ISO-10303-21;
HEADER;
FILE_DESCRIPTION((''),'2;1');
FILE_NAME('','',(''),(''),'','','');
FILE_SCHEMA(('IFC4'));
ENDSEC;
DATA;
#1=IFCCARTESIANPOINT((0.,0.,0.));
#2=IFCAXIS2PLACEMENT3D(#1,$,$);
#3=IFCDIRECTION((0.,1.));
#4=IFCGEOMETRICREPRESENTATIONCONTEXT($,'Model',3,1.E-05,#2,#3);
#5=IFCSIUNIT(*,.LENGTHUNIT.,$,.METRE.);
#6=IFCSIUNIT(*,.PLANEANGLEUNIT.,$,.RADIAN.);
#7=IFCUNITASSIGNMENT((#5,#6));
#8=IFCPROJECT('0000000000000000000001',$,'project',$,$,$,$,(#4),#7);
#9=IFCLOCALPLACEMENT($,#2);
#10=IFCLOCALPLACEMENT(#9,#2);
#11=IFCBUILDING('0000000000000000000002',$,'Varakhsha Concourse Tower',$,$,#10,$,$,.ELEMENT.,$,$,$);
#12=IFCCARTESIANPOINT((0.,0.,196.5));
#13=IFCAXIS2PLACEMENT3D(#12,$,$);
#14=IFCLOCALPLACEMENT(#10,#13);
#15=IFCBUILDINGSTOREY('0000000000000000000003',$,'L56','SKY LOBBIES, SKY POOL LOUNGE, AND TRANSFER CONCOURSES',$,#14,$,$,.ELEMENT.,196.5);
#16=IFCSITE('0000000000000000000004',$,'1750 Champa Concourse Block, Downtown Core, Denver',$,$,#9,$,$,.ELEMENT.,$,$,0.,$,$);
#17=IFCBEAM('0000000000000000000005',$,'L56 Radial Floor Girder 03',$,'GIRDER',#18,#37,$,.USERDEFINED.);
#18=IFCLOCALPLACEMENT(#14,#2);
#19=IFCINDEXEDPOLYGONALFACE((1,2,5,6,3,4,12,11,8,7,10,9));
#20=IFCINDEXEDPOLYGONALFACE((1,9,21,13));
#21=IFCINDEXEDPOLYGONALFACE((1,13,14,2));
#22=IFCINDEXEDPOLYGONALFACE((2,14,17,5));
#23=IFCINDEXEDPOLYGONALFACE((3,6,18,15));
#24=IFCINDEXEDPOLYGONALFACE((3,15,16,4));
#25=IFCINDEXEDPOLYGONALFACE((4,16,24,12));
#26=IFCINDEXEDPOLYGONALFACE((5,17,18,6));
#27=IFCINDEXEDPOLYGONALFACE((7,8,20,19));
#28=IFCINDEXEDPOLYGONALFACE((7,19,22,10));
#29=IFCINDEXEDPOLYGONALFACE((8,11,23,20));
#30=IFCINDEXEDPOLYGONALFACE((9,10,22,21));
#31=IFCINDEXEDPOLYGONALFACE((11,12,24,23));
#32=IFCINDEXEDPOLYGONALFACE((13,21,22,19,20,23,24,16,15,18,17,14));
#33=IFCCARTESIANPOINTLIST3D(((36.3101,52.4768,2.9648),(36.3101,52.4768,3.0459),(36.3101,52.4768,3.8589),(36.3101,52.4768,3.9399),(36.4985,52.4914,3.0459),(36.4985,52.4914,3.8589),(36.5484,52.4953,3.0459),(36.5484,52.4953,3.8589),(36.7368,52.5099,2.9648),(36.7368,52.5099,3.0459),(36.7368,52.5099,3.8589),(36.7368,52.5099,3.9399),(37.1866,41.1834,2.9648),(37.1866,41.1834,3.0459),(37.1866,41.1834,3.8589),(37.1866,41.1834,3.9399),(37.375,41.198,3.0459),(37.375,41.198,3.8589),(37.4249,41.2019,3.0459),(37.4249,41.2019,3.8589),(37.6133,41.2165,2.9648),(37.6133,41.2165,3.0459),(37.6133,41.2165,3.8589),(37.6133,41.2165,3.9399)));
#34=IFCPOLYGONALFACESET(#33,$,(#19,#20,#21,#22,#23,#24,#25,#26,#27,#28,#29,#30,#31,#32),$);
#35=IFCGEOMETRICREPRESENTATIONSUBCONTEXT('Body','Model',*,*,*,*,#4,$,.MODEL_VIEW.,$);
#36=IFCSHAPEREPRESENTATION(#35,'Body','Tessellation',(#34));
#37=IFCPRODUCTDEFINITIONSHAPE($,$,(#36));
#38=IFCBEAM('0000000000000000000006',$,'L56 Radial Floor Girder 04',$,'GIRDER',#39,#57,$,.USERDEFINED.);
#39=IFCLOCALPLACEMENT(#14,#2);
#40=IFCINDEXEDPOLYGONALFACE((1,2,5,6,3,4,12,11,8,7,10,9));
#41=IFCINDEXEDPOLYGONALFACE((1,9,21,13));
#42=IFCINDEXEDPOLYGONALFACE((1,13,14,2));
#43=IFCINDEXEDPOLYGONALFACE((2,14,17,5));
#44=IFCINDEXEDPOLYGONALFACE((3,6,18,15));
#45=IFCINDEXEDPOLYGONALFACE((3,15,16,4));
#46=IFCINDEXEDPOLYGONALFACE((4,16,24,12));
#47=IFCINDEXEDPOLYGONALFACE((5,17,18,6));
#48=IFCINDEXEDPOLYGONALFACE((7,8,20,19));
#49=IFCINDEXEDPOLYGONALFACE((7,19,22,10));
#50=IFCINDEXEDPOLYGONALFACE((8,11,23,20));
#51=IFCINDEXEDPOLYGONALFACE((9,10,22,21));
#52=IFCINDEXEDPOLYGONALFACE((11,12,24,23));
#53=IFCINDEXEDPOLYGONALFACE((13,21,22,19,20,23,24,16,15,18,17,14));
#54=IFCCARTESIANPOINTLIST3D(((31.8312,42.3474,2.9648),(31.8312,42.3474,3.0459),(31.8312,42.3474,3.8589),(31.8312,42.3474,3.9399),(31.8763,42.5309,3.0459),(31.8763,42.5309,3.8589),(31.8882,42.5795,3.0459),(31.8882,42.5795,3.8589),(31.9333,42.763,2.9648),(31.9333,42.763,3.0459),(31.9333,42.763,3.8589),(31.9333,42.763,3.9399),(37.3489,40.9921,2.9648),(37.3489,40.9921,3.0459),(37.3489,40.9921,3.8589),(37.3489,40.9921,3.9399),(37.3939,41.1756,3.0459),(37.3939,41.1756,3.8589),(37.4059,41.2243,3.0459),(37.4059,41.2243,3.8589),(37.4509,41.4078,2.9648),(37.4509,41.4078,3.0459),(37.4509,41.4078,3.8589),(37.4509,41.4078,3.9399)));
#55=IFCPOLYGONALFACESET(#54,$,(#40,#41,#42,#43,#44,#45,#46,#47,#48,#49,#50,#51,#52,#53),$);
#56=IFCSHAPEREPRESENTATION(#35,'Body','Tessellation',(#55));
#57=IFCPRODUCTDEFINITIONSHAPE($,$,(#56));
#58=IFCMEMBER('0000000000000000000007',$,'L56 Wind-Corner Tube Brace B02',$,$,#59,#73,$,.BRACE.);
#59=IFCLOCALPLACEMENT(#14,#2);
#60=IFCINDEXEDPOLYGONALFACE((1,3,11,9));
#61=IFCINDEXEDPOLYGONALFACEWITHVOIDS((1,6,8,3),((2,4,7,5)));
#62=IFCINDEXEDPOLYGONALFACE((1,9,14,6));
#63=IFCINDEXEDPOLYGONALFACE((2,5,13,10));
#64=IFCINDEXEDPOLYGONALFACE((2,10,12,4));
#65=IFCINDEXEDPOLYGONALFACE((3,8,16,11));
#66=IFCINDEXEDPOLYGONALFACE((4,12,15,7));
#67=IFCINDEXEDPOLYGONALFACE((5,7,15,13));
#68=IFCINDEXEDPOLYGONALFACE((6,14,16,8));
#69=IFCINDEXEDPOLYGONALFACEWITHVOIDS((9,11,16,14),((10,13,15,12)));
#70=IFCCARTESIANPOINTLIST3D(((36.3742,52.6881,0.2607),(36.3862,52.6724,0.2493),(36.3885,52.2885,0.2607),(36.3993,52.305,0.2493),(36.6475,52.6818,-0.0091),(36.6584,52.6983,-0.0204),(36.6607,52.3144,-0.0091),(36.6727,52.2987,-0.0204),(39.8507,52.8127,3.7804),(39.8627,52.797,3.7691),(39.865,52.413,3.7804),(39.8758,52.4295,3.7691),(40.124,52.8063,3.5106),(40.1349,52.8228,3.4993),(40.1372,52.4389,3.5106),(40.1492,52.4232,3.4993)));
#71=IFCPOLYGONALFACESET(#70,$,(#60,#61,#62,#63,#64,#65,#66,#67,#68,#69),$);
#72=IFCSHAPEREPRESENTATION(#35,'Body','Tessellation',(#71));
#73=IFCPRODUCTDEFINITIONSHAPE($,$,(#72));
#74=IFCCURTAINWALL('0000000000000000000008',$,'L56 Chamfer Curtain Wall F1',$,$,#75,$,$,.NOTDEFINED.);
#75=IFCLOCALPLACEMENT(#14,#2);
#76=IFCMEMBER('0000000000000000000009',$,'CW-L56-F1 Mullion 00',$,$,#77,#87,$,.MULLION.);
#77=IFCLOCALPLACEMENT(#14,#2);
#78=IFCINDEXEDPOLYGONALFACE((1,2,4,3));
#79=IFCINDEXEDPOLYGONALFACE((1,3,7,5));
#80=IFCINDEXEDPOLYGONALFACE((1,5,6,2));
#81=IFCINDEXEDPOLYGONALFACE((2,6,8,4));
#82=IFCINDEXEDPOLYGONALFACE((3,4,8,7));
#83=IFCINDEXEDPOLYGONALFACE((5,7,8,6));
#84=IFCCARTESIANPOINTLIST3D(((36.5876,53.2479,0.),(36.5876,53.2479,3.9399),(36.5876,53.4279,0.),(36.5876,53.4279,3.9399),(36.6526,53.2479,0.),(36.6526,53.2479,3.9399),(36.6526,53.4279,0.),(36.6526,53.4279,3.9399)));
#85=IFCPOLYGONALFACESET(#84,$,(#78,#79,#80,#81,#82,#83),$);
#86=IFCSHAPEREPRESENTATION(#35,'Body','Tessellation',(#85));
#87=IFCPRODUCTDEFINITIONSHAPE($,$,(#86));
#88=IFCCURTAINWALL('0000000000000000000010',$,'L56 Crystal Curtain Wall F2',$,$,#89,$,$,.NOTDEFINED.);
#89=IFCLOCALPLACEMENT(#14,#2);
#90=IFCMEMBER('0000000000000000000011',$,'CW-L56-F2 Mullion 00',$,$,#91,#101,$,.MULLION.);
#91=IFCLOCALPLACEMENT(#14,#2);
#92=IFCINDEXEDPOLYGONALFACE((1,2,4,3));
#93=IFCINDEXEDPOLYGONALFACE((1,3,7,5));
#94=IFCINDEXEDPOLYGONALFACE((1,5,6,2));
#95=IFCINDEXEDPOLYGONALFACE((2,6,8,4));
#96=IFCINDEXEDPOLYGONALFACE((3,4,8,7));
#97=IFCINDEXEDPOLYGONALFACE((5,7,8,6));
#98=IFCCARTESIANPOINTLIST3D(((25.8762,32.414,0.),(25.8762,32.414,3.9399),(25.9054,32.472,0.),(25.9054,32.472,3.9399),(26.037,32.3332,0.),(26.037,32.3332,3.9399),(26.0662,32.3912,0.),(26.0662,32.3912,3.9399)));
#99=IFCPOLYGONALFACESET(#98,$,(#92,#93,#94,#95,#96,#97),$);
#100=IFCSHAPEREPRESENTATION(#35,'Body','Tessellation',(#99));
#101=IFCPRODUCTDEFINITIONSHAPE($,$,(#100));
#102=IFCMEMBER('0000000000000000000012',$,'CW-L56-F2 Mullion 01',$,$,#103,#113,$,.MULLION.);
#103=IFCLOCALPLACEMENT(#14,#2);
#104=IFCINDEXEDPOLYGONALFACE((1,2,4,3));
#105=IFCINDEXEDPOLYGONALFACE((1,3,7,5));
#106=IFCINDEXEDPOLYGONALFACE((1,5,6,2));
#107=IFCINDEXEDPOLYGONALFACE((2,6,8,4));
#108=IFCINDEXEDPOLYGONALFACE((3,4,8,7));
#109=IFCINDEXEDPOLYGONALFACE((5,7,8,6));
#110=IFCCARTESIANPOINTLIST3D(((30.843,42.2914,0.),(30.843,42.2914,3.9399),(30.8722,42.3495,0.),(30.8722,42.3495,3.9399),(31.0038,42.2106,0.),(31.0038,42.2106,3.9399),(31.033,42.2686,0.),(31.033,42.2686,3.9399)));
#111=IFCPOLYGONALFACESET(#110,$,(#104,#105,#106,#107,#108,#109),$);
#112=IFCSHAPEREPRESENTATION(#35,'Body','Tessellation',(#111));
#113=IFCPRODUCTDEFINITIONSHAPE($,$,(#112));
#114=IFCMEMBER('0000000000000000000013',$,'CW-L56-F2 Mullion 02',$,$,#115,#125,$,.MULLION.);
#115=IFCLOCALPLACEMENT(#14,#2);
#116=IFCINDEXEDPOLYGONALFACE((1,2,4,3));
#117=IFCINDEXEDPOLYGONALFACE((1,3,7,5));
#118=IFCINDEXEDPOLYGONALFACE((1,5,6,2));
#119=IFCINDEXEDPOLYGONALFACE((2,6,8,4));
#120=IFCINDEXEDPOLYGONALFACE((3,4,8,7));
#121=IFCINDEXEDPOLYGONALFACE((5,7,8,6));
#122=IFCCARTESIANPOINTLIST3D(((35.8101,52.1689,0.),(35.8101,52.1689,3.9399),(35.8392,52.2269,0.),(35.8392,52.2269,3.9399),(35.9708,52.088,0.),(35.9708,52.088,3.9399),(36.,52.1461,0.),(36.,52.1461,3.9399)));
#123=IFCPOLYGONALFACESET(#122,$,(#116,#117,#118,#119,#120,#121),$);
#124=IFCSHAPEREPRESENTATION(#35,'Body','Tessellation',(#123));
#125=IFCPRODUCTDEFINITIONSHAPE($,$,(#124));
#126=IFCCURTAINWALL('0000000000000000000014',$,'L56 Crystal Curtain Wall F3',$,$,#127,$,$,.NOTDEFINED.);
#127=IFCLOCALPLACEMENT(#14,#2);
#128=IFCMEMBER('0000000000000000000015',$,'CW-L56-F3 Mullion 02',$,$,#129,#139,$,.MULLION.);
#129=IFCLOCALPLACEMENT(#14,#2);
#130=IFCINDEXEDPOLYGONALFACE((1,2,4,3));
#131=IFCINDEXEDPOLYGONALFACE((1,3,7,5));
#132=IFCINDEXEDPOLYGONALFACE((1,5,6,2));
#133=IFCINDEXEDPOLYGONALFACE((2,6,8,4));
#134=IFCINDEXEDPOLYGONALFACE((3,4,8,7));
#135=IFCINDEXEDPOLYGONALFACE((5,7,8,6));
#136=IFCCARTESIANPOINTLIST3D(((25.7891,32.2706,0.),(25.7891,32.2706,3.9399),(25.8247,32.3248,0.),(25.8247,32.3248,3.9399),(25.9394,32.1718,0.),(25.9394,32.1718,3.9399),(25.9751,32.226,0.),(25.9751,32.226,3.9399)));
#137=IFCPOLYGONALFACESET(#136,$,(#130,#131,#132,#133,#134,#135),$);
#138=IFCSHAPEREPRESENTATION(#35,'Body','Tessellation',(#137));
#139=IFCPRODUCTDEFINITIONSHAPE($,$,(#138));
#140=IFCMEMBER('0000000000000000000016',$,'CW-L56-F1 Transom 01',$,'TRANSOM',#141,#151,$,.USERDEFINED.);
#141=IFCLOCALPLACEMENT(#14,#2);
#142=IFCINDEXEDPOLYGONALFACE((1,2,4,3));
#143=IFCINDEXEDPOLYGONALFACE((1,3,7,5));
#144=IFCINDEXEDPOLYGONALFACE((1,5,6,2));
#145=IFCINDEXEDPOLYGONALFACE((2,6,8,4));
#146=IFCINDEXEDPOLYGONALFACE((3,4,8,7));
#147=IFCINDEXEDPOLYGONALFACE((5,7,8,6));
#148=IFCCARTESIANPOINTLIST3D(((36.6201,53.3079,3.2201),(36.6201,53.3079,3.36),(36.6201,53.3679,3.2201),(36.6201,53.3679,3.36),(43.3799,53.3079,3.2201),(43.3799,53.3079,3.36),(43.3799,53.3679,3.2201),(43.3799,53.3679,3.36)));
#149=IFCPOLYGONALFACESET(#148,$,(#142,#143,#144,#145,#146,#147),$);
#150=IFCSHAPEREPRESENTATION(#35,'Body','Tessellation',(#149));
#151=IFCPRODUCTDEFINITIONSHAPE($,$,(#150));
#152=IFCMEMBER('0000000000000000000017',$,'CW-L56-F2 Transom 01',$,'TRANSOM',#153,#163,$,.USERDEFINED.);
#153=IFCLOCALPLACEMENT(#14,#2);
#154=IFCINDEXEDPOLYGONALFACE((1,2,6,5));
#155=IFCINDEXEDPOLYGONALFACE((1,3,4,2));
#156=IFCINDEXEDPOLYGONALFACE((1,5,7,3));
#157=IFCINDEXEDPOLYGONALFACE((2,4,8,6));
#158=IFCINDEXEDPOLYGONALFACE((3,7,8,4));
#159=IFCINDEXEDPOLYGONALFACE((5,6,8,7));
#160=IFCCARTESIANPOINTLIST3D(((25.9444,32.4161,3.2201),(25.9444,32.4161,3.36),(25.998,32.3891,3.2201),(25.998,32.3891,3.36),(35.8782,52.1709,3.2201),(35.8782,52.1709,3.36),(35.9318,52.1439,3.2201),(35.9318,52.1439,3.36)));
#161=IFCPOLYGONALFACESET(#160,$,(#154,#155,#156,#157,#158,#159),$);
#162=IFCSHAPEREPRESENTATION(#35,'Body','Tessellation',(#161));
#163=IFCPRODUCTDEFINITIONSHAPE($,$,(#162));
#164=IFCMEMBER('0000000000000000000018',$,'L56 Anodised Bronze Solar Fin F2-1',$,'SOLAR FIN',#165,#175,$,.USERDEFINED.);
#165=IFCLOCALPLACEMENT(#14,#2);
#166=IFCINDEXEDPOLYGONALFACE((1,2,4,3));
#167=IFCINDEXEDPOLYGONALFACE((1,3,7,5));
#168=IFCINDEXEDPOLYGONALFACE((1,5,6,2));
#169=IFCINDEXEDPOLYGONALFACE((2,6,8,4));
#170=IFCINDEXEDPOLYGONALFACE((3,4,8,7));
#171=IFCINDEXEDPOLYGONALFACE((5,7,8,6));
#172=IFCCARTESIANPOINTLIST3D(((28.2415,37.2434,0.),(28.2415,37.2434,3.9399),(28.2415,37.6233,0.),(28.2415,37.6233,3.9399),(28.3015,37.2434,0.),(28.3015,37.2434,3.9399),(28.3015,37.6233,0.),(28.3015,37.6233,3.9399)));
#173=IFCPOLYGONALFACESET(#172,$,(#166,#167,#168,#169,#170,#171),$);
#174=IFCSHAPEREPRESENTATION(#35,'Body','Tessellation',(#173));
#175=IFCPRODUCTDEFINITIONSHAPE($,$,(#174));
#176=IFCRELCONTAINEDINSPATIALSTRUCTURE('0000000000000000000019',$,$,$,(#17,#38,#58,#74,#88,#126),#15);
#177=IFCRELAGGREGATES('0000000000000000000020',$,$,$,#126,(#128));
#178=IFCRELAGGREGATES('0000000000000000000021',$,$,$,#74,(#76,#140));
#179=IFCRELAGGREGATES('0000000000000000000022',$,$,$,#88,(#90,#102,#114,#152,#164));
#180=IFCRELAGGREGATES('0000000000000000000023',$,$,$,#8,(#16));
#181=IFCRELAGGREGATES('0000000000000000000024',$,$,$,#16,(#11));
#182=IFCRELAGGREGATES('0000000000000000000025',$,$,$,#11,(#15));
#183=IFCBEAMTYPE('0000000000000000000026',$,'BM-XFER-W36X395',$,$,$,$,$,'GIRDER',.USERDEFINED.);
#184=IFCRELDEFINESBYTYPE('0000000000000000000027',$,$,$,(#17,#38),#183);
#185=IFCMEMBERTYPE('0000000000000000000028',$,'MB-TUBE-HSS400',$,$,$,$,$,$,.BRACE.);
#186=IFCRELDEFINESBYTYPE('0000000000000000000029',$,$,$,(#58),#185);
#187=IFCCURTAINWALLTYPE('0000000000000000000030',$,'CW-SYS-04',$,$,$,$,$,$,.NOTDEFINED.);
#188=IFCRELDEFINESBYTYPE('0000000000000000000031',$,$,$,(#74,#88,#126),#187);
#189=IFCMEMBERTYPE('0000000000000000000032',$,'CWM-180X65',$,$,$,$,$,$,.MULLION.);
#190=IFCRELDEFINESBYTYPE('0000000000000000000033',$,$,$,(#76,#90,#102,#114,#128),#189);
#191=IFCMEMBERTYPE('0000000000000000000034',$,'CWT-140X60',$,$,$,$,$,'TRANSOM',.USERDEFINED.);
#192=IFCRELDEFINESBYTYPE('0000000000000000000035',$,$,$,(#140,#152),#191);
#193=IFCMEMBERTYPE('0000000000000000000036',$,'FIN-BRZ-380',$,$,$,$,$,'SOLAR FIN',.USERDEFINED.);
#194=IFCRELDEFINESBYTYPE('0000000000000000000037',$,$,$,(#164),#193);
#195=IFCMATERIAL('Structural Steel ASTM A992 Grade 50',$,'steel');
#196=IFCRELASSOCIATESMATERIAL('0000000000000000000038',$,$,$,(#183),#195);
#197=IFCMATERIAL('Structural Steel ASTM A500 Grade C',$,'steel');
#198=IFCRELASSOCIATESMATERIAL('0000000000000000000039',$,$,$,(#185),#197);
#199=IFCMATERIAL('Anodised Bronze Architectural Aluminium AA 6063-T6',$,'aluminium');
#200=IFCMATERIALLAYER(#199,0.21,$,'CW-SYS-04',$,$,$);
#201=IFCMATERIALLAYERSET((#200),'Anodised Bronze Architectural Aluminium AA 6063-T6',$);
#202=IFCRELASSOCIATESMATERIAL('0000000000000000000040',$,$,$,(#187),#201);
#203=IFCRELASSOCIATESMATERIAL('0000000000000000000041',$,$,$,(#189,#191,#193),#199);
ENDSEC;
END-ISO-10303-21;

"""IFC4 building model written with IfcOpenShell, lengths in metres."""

from ifc_helpers import new_model, si_unit, direction, frame, origin, origin_2d, place, context, subcontext, project, spatial, rectangle, hollow_rectangle, i_section, extrude, source, transform, mapped, material, layer, layer_set, material_profile, profile_set, type_object, type_shapes, element, aggregate, save


model = new_model("IFC4")

# Units and contexts
model_context = context("Model", 3, precision=1e-05, world=origin(), true_north=direction((0.0, 1.0)))
body_context = subcontext(model_context, "Body", "Model", "MODEL_VIEW")
ifc_project = project(units=[si_unit("LENGTHUNIT", "METRE"), si_unit("PLANEANGLEUNIT", "RADIAN")], contexts=[model_context])

# Site, building, storey
site_placement = place(None, origin())
site = spatial("IfcSite", under=ifc_project, at=site_placement, Name="1750 Champa Concourse Block, Downtown Core, Denver", CompositionType="ELEMENT", RefElevation=0.0)
building_placement = place(site_placement, origin())
building = spatial("IfcBuilding", under=site, at=building_placement, Name="Varakhsha Concourse Tower", CompositionType="ELEMENT")
storey_placement = place(building_placement, frame((0.0, 0.0, 196.5)))
storey = spatial("IfcBuildingStorey", under=building, at=storey_placement, Name="L56", Description="SKY LOBBIES, SKY POOL LOUNGE, AND TRANSFER CONCOURSES", CompositionType="ELEMENT", Elevation=196.5)

# Shared definitions
ifc_material_1 = material(Name="Structural Steel ASTM A992 Grade 50", Category="steel")

# Beams
ifc_material_profile_1 = material_profile(ifc_material_1, i_section(OverallWidth=0.428, OverallDepth=0.9751, WebThickness=0.05, FlangeThickness=0.0811, at=origin_2d()), Name="W36X395")
ifc_profile_set_1 = profile_set([ifc_material_profile_1], Name="Structural Steel ASTM A992 Grade 50")
beam_type_1 = type_object("IfcBeamType", Name="BM-XFER-W36X395", ElementType="GIRDER", PredefinedType="USERDEFINED", material=ifc_profile_set_1)
beam_1_placement = place(storey_placement, frame((37.3999, 41.2, 3.4524), z_axis=(-0.077376, 0.997002, 0.0), x_axis=(-0.997002, -0.077376, 0.0)))
element("IfcBeam", 1, at=beam_1_placement, inside=storey, type_object=beam_type_1, Name="L56 Radial Floor Girder 03", ObjectType="GIRDER", PredefinedType="USERDEFINED", context=body_context, shape_type="SweptSolid", body=[
    extrude(i_section(OverallWidth=0.428, OverallDepth=0.9751, WebThickness=0.05, FlangeThickness=0.0811, at=origin_2d()), origin(), (0.0, 0.0, 1.0), 11.3274),
])
beam_2_placement = place(storey_placement, frame((37.3999, 41.2, 3.4524), z_axis=(-0.971135, 0.23853, 0.0), x_axis=(-0.23853, -0.971135, 0.0)))
element("IfcBeam", 2, at=beam_2_placement, inside=storey, type_object=beam_type_1, Name="L56 Radial Floor Girder 04", ObjectType="GIRDER", PredefinedType="USERDEFINED", context=body_context, shape_type="SweptSolid", body=[
    extrude(i_section(OverallWidth=0.428, OverallDepth=0.9751, WebThickness=0.05, FlangeThickness=0.0811, at=origin_2d()), origin(), (0.0, 0.0, 1.0), 5.6816),
])

# Member
ifc_material_2 = material(Name="Structural Steel ASTM A500 Grade C", Category="steel")
ifc_material_profile_2 = material_profile(ifc_material_2, hollow_rectangle(XDim=0.3999, YDim=0.3999, WallThickness=0.0161, at=origin_2d()), Name="HSS 400x400x16")
ifc_profile_set_2 = profile_set([ifc_material_profile_2], Name="Structural Steel ASTM A500 Grade C")
member_type_1 = type_object("IfcMemberType", Name="MB-TUBE-HSS400", PredefinedType="BRACE", material=ifc_profile_set_2)
shared_shape_1 = source(origin(), body_context, "Body", "SweptSolid", [
    extrude(hollow_rectangle(XDim=0.3999, YDim=0.3999, WallThickness=0.0161, at=origin_2d()), origin(), (0.0, 0.0, 1.0), 4.9487),
])
type_shapes(member_type_1, [shared_shape_1])
member_1_placement = place(storey_placement, frame((36.5234, 52.4934, 0.1201), z_axis=(0.702503, 0.02516, 0.711235), x_axis=(-0.035792, 0.999359, 0.0)))
element("IfcMember", 3, at=member_1_placement, inside=storey, type_object=member_type_1, Name="L56 Wind-Corner Tube Brace B02", PredefinedType="BRACE", context=body_context, shape_type="MappedRepresentation", body=[
    mapped(shared_shape_1, transform((0.0, 0.0, 0.0), scale=1.0)),
])

# Curtain wall, member
ifc_material_3 = material(Name="Anodised Bronze Architectural Aluminium AA 6063-T6", Category="aluminium")
ifc_layer_1 = layer(ifc_material_3, 0.21, Name="CW-SYS-04")
ifc_layer_set_1 = layer_set([ifc_layer_1], Name="Anodised Bronze Architectural Aluminium AA 6063-T6")
curtain_wall_type = type_object("IfcCurtainWallType", Name="CW-SYS-04", PredefinedType="NOTDEFINED", material=ifc_layer_set_1)
curtain_wall_1_placement = place(storey_placement, origin())
curtain_wall_1 = element("IfcCurtainWall", 4, at=curtain_wall_1_placement, inside=storey, type_object=curtain_wall_type, Name="L56 Chamfer Curtain Wall F1", PredefinedType="NOTDEFINED")
ifc_material_profile_3 = material_profile(ifc_material_3, rectangle(XDim=0.0649, YDim=0.1799, at=origin_2d()), Name="CWM-180X65")
ifc_profile_set_3 = profile_set([ifc_material_profile_3], Name="Anodised Bronze Architectural Aluminium AA 6063-T6")
member_type_2 = type_object("IfcMemberType", Name="CWM-180X65", PredefinedType="MULLION", material=ifc_profile_set_3)
shared_shape_2 = source(origin(), body_context, "Body", "SweptSolid", [
    extrude(rectangle(XDim=0.0649, YDim=0.1799, at=origin_2d()), origin(), (0.0, 0.0, 1.0), 3.9399),
])
type_shapes(member_type_2, [shared_shape_2])
member_2_placement = place(storey_placement, frame((36.6201, 53.3379, 0.0), z_axis=(0.0, 0.0, 1.0), x_axis=(1.0, 0.0, 0.0)))
member_2 = element("IfcMember", 5, at=member_2_placement, type_object=member_type_2, Name="CW-L56-F1 Mullion 00", PredefinedType="MULLION", context=body_context, shape_type="MappedRepresentation", body=[
    mapped(shared_shape_2, transform((0.0, 0.0, 0.0), scale=1.0)),
])

# Curtain wall, members
curtain_wall_2_placement = place(storey_placement, origin())
curtain_wall_2 = element("IfcCurtainWall", 6, at=curtain_wall_2_placement, inside=storey, type_object=curtain_wall_type, Name="L56 Crystal Curtain Wall F2", PredefinedType="NOTDEFINED")
member_3_placement = place(storey_placement, frame((25.9712, 32.4026, 0.0), z_axis=(0.0, 0.0, 1.0), x_axis=(0.449255, 0.893404, 0.0)))
member_3 = element("IfcMember", 7, at=member_3_placement, type_object=member_type_2, Name="CW-L56-F2 Mullion 00", PredefinedType="MULLION", context=body_context, shape_type="MappedRepresentation", body=[
    mapped(shared_shape_2, transform((0.0, 0.0, 0.0), scale=1.0)),
])
member_4_placement = place(storey_placement, frame((30.938, 42.28, 0.0), z_axis=(0.0, 0.0, 1.0), x_axis=(0.449255, 0.893404, 0.0)))
member_4 = element("IfcMember", 8, at=member_4_placement, type_object=member_type_2, Name="CW-L56-F2 Mullion 01", PredefinedType="MULLION", context=body_context, shape_type="MappedRepresentation", body=[
    mapped(shared_shape_2, transform((0.0, 0.0, 0.0), scale=1.0)),
])
member_5_placement = place(storey_placement, frame((35.905, 52.1575, 0.0), z_axis=(0.0, 0.0, 1.0), x_axis=(0.449255, 0.893404, 0.0)))
member_5 = element("IfcMember", 9, at=member_5_placement, type_object=member_type_2, Name="CW-L56-F2 Mullion 02", PredefinedType="MULLION", context=body_context, shape_type="MappedRepresentation", body=[
    mapped(shared_shape_2, transform((0.0, 0.0, 0.0), scale=1.0)),
])

# Curtain wall, member
curtain_wall_3_placement = place(storey_placement, origin())
curtain_wall_3 = element("IfcCurtainWall", 10, at=curtain_wall_3_placement, inside=storey, type_object=curtain_wall_type, Name="L56 Crystal Curtain Wall F3", PredefinedType="NOTDEFINED")
member_6_placement = place(storey_placement, frame((25.8821, 32.2483, 0.0), z_axis=(0.0, 0.0, 1.0), x_axis=(0.54908, 0.83577, 0.0)))
member_6 = element("IfcMember", 11, at=member_6_placement, type_object=member_type_2, Name="CW-L56-F3 Mullion 02", PredefinedType="MULLION", context=body_context, shape_type="MappedRepresentation", body=[
    mapped(shared_shape_2, transform((0.0, 0.0, 0.0), scale=1.0)),
])
aggregate(curtain_wall_3, [member_6])

# Members
ifc_material_profile_4 = material_profile(ifc_material_3, rectangle(XDim=0.0601, YDim=0.1399, at=origin_2d()), Name="CWT-140X60")
ifc_profile_set_4 = profile_set([ifc_material_profile_4], Name="Anodised Bronze Architectural Aluminium AA 6063-T6")
member_type_3 = type_object("IfcMemberType", Name="CWT-140X60", ElementType="TRANSOM", PredefinedType="USERDEFINED", material=ifc_profile_set_4)
shared_shape_3 = source(origin(), body_context, "Body", "SweptSolid", [
    extrude(rectangle(XDim=0.0601, YDim=0.1399, at=origin_2d()), origin(), (0.0, 0.0, 1.0), 6.7598),
])
member_7_placement = place(storey_placement, frame((36.6201, 53.3379, 3.29), z_axis=(1.0, 0.0, 0.0), x_axis=(0.0, 1.0, 0.0)))
member_7 = element("IfcMember", 12, at=member_7_placement, type_object=member_type_3, Name="CW-L56-F1 Transom 01", ObjectType="TRANSOM", PredefinedType="USERDEFINED", context=body_context, shape_type="MappedRepresentation", body=[
    mapped(shared_shape_3, transform((0.0, 0.0, 0.0), scale=1.0)),
])
aggregate(curtain_wall_1, [member_2, member_7])
shared_shape_4 = source(origin(), body_context, "Body", "SweptSolid", [
    extrude(rectangle(XDim=0.0601, YDim=0.1399, at=origin_2d()), origin(), (0.0, 0.0, 1.0), 22.1118),
])
type_shapes(member_type_3, [shared_shape_3, shared_shape_4])
member_8_placement = place(storey_placement, frame((25.9712, 32.4026, 3.29), z_axis=(0.449253, 0.893405, 0.0), x_axis=(-0.893405, 0.449253, 0.0)))
member_8 = element("IfcMember", 13, at=member_8_placement, type_object=member_type_3, Name="CW-L56-F2 Transom 01", ObjectType="TRANSOM", PredefinedType="USERDEFINED", context=body_context, shape_type="MappedRepresentation", body=[
    mapped(shared_shape_4, transform((0.0, 0.0, 0.0), scale=1.0)),
])
ifc_material_profile_5 = material_profile(ifc_material_3, rectangle(XDim=0.0601, YDim=0.3799, at=origin_2d()), Name="FIN-BRZ-380")
ifc_profile_set_5 = profile_set([ifc_material_profile_5], Name="Anodised Bronze Architectural Aluminium AA 6063-T6")
member_type_4 = type_object("IfcMemberType", Name="FIN-BRZ-380", ElementType="SOLAR FIN", PredefinedType="USERDEFINED", material=ifc_profile_set_5)
shared_shape_5 = source(origin(), body_context, "Body", "SweptSolid", [
    extrude(rectangle(XDim=0.0601, YDim=0.3799, at=origin_2d()), origin(), (0.0, 0.0, 1.0), 3.9399),
])
type_shapes(member_type_4, [shared_shape_5])
member_9_placement = place(storey_placement, frame((28.2715, 37.4333, 0.0), z_axis=(0.0, 0.0, 1.0), x_axis=(1.0, 0.0, 0.0)))
member_9 = element("IfcMember", 14, at=member_9_placement, type_object=member_type_4, Name="L56 Anodised Bronze Solar Fin F2-1", ObjectType="SOLAR FIN", PredefinedType="USERDEFINED", context=body_context, shape_type="MappedRepresentation", body=[
    mapped(shared_shape_5, transform((0.0, 0.0, 0.0), scale=1.0)),
])

aggregate(curtain_wall_2, [member_3, member_4, member_5, member_8, member_9])

save(model, "model.ifc")
